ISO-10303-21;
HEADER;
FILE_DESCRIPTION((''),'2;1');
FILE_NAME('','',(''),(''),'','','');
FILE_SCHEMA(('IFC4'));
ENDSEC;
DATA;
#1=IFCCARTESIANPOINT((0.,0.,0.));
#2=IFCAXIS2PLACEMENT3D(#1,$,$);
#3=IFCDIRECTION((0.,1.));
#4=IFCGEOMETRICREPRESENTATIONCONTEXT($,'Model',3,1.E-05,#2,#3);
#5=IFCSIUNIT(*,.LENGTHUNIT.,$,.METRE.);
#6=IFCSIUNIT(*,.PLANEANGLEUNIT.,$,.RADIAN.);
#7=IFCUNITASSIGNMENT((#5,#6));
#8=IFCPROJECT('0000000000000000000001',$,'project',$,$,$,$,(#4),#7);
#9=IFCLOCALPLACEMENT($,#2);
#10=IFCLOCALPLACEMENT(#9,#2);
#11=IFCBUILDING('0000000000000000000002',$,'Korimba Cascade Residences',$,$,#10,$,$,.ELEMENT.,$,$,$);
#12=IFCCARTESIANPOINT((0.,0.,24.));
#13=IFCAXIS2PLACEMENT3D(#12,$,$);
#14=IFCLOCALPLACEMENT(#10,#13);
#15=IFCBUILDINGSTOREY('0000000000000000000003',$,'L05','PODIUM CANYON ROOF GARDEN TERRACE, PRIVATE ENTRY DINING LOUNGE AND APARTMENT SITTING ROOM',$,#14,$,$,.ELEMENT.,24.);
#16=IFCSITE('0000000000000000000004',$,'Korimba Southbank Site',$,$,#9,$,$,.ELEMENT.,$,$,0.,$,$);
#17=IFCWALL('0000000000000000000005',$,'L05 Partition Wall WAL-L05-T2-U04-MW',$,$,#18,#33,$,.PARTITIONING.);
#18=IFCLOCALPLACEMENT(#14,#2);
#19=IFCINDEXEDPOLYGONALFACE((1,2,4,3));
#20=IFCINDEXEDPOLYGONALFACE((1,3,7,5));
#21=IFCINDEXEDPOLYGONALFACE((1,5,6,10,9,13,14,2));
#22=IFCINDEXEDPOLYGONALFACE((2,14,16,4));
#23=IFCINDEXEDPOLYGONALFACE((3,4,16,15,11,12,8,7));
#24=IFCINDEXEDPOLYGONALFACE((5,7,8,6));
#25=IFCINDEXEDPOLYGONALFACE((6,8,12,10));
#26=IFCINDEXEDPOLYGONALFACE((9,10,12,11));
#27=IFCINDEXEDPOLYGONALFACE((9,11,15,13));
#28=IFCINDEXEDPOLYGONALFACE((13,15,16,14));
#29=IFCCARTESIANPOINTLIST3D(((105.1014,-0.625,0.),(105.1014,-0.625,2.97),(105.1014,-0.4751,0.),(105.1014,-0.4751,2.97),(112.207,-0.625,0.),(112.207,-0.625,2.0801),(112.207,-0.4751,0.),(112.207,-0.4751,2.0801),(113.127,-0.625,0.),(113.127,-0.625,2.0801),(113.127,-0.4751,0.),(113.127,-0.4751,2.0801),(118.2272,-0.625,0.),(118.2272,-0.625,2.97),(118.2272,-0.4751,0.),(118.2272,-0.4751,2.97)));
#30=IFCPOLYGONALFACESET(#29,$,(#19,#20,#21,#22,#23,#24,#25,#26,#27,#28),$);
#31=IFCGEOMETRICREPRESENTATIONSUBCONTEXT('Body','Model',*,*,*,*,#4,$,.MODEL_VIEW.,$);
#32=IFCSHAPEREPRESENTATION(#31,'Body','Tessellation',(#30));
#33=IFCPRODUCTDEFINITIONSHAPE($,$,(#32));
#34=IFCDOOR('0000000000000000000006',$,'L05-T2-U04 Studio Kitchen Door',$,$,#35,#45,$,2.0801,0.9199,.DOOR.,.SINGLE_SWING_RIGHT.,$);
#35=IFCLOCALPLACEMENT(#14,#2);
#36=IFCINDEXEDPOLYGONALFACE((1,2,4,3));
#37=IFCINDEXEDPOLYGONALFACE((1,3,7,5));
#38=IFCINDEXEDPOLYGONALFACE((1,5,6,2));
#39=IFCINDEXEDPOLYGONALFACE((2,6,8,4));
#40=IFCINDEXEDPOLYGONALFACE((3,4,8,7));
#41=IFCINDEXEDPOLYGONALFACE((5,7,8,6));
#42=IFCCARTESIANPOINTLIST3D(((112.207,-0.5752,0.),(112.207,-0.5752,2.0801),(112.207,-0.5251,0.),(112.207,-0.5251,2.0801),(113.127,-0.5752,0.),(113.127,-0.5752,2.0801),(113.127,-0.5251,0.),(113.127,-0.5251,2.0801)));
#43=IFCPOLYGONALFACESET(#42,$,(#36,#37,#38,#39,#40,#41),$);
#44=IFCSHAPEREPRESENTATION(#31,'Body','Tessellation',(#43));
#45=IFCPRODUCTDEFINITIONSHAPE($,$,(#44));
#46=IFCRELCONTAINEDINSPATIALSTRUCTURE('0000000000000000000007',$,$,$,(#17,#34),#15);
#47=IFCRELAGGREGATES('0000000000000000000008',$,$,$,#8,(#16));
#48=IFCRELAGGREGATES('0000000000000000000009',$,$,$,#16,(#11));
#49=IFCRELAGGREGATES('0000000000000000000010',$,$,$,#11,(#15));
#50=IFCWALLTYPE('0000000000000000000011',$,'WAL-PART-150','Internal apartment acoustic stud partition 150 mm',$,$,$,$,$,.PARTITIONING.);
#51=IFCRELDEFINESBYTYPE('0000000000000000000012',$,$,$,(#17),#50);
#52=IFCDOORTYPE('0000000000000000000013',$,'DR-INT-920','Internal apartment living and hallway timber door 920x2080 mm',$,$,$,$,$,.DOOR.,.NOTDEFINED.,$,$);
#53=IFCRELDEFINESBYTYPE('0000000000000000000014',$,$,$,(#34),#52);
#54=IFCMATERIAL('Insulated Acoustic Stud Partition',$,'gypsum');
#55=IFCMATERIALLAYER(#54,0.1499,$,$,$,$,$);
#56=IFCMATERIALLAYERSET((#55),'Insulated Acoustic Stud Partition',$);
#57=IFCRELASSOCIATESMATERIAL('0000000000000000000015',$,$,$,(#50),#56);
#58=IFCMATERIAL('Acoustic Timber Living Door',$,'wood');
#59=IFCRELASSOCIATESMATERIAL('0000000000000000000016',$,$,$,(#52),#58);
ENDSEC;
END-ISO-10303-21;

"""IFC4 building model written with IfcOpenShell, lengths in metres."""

from ifc_helpers import new_model, si_unit, direction, frame, frame_2d, origin, place, context, subcontext, project, spatial, rectangle, extrude, material, layer, layer_set, type_object, element, fill, save


model = new_model("IFC4")

# Units and contexts
model_context = context("Model", 3, precision=1e-05, world=origin(), true_north=direction((0.0, 1.0)))
body_context = subcontext(model_context, "Body", "Model", "MODEL_VIEW")
ifc_project = project(units=[si_unit("LENGTHUNIT", "METRE"), si_unit("PLANEANGLEUNIT", "RADIAN")], contexts=[model_context])

# Site, building, storey
site_placement = place(None, origin())
site = spatial("IfcSite", under=ifc_project, at=site_placement, Name="Korimba Southbank Site", CompositionType="ELEMENT", RefElevation=0.0)
building_placement = place(site_placement, origin())
building = spatial("IfcBuilding", under=site, at=building_placement, Name="Korimba Cascade Residences", CompositionType="ELEMENT")
storey_placement = place(building_placement, frame((0.0, 0.0, 24.0)))
storey = spatial("IfcBuildingStorey", under=building, at=storey_placement, Name="L05", Description="PODIUM CANYON ROOF GARDEN TERRACE, PRIVATE ENTRY DINING LOUNGE AND APARTMENT SITTING ROOM", CompositionType="ELEMENT", Elevation=24.0)

# Wall, opening, door
ifc_material_1 = material(Name="Insulated Acoustic Stud Partition", Category="gypsum")
ifc_layer = layer(ifc_material_1, 0.1499)
ifc_layer_set = layer_set([ifc_layer], Name="Insulated Acoustic Stud Partition")
wall_type = type_object("IfcWallType", Name="WAL-PART-150", Description="Internal apartment acoustic stud partition 150 mm", PredefinedType="PARTITIONING", material=ifc_layer_set)
ifc_material_2 = material(Name="Acoustic Timber Living Door", Category="wood")
door_type_1 = type_object("IfcDoorType", Name="DR-INT-920", Description="Internal apartment living and hallway timber door 920x2080 mm", OperationType="NOTDEFINED", PredefinedType="DOOR", material=ifc_material_2)
wall_1_placement = place(storey_placement, frame((105.1013, -0.55, 0.0), z_axis=(0.0, 0.0, 1.0), x_axis=(1.0, 0.0, 0.0)))
wall_1 = element("IfcWall", 1, at=wall_1_placement, inside=storey, type_object=wall_type, Name="L05 Partition Wall WAL-L05-T2-U04-MW", PredefinedType="PARTITIONING", context=body_context, shape_type="SweptSolid", body=[
    extrude(rectangle(XDim=13.1257, YDim=0.1499, at=frame_2d((6.563, 0.0))), origin(), (0.0, 0.0, 1.0), 2.97),
])
opening_1_placement = place(wall_1_placement, frame((7.1057, 0.0, 0.0)))
opening_1 = element("IfcOpeningElement", 2, at=opening_1_placement, cuts=wall_1, PredefinedType="OPENING", context=body_context, shape_type="SweptSolid", body=[
    extrude(rectangle(XDim=0.9199, YDim=2.0801, at=frame_2d((0.46, 1.04))), frame((0.0, 0.085, 0.0), z_axis=(0.0, -1.0, 0.0), x_axis=(1.0, 0.0, 0.0)), (0.0, 0.0, 1.0), 0.1699),
])
door_1_placement = place(opening_1_placement, origin())
door_1 = element("IfcDoor", 3, at=door_1_placement, inside=storey, type_object=door_type_1, Name="L05-T2-U04 Studio Kitchen Door", OperationType="SINGLE_SWING_RIGHT", OverallHeight=2.0801, OverallWidth=0.9199, PredefinedType="DOOR", context=body_context, shape_type="SweptSolid", body=[
    extrude(rectangle(XDim=0.9199, YDim=2.0801, at=frame_2d((0.46, 1.04))), frame((0.0, 0.0249, 0.0), z_axis=(0.0, -1.0, 0.0), x_axis=(1.0, 0.0, 0.0)), (0.0, 0.0, 1.0), 0.05),
])
fill(opening_1, door_1)

save(model, "model.ifc")
